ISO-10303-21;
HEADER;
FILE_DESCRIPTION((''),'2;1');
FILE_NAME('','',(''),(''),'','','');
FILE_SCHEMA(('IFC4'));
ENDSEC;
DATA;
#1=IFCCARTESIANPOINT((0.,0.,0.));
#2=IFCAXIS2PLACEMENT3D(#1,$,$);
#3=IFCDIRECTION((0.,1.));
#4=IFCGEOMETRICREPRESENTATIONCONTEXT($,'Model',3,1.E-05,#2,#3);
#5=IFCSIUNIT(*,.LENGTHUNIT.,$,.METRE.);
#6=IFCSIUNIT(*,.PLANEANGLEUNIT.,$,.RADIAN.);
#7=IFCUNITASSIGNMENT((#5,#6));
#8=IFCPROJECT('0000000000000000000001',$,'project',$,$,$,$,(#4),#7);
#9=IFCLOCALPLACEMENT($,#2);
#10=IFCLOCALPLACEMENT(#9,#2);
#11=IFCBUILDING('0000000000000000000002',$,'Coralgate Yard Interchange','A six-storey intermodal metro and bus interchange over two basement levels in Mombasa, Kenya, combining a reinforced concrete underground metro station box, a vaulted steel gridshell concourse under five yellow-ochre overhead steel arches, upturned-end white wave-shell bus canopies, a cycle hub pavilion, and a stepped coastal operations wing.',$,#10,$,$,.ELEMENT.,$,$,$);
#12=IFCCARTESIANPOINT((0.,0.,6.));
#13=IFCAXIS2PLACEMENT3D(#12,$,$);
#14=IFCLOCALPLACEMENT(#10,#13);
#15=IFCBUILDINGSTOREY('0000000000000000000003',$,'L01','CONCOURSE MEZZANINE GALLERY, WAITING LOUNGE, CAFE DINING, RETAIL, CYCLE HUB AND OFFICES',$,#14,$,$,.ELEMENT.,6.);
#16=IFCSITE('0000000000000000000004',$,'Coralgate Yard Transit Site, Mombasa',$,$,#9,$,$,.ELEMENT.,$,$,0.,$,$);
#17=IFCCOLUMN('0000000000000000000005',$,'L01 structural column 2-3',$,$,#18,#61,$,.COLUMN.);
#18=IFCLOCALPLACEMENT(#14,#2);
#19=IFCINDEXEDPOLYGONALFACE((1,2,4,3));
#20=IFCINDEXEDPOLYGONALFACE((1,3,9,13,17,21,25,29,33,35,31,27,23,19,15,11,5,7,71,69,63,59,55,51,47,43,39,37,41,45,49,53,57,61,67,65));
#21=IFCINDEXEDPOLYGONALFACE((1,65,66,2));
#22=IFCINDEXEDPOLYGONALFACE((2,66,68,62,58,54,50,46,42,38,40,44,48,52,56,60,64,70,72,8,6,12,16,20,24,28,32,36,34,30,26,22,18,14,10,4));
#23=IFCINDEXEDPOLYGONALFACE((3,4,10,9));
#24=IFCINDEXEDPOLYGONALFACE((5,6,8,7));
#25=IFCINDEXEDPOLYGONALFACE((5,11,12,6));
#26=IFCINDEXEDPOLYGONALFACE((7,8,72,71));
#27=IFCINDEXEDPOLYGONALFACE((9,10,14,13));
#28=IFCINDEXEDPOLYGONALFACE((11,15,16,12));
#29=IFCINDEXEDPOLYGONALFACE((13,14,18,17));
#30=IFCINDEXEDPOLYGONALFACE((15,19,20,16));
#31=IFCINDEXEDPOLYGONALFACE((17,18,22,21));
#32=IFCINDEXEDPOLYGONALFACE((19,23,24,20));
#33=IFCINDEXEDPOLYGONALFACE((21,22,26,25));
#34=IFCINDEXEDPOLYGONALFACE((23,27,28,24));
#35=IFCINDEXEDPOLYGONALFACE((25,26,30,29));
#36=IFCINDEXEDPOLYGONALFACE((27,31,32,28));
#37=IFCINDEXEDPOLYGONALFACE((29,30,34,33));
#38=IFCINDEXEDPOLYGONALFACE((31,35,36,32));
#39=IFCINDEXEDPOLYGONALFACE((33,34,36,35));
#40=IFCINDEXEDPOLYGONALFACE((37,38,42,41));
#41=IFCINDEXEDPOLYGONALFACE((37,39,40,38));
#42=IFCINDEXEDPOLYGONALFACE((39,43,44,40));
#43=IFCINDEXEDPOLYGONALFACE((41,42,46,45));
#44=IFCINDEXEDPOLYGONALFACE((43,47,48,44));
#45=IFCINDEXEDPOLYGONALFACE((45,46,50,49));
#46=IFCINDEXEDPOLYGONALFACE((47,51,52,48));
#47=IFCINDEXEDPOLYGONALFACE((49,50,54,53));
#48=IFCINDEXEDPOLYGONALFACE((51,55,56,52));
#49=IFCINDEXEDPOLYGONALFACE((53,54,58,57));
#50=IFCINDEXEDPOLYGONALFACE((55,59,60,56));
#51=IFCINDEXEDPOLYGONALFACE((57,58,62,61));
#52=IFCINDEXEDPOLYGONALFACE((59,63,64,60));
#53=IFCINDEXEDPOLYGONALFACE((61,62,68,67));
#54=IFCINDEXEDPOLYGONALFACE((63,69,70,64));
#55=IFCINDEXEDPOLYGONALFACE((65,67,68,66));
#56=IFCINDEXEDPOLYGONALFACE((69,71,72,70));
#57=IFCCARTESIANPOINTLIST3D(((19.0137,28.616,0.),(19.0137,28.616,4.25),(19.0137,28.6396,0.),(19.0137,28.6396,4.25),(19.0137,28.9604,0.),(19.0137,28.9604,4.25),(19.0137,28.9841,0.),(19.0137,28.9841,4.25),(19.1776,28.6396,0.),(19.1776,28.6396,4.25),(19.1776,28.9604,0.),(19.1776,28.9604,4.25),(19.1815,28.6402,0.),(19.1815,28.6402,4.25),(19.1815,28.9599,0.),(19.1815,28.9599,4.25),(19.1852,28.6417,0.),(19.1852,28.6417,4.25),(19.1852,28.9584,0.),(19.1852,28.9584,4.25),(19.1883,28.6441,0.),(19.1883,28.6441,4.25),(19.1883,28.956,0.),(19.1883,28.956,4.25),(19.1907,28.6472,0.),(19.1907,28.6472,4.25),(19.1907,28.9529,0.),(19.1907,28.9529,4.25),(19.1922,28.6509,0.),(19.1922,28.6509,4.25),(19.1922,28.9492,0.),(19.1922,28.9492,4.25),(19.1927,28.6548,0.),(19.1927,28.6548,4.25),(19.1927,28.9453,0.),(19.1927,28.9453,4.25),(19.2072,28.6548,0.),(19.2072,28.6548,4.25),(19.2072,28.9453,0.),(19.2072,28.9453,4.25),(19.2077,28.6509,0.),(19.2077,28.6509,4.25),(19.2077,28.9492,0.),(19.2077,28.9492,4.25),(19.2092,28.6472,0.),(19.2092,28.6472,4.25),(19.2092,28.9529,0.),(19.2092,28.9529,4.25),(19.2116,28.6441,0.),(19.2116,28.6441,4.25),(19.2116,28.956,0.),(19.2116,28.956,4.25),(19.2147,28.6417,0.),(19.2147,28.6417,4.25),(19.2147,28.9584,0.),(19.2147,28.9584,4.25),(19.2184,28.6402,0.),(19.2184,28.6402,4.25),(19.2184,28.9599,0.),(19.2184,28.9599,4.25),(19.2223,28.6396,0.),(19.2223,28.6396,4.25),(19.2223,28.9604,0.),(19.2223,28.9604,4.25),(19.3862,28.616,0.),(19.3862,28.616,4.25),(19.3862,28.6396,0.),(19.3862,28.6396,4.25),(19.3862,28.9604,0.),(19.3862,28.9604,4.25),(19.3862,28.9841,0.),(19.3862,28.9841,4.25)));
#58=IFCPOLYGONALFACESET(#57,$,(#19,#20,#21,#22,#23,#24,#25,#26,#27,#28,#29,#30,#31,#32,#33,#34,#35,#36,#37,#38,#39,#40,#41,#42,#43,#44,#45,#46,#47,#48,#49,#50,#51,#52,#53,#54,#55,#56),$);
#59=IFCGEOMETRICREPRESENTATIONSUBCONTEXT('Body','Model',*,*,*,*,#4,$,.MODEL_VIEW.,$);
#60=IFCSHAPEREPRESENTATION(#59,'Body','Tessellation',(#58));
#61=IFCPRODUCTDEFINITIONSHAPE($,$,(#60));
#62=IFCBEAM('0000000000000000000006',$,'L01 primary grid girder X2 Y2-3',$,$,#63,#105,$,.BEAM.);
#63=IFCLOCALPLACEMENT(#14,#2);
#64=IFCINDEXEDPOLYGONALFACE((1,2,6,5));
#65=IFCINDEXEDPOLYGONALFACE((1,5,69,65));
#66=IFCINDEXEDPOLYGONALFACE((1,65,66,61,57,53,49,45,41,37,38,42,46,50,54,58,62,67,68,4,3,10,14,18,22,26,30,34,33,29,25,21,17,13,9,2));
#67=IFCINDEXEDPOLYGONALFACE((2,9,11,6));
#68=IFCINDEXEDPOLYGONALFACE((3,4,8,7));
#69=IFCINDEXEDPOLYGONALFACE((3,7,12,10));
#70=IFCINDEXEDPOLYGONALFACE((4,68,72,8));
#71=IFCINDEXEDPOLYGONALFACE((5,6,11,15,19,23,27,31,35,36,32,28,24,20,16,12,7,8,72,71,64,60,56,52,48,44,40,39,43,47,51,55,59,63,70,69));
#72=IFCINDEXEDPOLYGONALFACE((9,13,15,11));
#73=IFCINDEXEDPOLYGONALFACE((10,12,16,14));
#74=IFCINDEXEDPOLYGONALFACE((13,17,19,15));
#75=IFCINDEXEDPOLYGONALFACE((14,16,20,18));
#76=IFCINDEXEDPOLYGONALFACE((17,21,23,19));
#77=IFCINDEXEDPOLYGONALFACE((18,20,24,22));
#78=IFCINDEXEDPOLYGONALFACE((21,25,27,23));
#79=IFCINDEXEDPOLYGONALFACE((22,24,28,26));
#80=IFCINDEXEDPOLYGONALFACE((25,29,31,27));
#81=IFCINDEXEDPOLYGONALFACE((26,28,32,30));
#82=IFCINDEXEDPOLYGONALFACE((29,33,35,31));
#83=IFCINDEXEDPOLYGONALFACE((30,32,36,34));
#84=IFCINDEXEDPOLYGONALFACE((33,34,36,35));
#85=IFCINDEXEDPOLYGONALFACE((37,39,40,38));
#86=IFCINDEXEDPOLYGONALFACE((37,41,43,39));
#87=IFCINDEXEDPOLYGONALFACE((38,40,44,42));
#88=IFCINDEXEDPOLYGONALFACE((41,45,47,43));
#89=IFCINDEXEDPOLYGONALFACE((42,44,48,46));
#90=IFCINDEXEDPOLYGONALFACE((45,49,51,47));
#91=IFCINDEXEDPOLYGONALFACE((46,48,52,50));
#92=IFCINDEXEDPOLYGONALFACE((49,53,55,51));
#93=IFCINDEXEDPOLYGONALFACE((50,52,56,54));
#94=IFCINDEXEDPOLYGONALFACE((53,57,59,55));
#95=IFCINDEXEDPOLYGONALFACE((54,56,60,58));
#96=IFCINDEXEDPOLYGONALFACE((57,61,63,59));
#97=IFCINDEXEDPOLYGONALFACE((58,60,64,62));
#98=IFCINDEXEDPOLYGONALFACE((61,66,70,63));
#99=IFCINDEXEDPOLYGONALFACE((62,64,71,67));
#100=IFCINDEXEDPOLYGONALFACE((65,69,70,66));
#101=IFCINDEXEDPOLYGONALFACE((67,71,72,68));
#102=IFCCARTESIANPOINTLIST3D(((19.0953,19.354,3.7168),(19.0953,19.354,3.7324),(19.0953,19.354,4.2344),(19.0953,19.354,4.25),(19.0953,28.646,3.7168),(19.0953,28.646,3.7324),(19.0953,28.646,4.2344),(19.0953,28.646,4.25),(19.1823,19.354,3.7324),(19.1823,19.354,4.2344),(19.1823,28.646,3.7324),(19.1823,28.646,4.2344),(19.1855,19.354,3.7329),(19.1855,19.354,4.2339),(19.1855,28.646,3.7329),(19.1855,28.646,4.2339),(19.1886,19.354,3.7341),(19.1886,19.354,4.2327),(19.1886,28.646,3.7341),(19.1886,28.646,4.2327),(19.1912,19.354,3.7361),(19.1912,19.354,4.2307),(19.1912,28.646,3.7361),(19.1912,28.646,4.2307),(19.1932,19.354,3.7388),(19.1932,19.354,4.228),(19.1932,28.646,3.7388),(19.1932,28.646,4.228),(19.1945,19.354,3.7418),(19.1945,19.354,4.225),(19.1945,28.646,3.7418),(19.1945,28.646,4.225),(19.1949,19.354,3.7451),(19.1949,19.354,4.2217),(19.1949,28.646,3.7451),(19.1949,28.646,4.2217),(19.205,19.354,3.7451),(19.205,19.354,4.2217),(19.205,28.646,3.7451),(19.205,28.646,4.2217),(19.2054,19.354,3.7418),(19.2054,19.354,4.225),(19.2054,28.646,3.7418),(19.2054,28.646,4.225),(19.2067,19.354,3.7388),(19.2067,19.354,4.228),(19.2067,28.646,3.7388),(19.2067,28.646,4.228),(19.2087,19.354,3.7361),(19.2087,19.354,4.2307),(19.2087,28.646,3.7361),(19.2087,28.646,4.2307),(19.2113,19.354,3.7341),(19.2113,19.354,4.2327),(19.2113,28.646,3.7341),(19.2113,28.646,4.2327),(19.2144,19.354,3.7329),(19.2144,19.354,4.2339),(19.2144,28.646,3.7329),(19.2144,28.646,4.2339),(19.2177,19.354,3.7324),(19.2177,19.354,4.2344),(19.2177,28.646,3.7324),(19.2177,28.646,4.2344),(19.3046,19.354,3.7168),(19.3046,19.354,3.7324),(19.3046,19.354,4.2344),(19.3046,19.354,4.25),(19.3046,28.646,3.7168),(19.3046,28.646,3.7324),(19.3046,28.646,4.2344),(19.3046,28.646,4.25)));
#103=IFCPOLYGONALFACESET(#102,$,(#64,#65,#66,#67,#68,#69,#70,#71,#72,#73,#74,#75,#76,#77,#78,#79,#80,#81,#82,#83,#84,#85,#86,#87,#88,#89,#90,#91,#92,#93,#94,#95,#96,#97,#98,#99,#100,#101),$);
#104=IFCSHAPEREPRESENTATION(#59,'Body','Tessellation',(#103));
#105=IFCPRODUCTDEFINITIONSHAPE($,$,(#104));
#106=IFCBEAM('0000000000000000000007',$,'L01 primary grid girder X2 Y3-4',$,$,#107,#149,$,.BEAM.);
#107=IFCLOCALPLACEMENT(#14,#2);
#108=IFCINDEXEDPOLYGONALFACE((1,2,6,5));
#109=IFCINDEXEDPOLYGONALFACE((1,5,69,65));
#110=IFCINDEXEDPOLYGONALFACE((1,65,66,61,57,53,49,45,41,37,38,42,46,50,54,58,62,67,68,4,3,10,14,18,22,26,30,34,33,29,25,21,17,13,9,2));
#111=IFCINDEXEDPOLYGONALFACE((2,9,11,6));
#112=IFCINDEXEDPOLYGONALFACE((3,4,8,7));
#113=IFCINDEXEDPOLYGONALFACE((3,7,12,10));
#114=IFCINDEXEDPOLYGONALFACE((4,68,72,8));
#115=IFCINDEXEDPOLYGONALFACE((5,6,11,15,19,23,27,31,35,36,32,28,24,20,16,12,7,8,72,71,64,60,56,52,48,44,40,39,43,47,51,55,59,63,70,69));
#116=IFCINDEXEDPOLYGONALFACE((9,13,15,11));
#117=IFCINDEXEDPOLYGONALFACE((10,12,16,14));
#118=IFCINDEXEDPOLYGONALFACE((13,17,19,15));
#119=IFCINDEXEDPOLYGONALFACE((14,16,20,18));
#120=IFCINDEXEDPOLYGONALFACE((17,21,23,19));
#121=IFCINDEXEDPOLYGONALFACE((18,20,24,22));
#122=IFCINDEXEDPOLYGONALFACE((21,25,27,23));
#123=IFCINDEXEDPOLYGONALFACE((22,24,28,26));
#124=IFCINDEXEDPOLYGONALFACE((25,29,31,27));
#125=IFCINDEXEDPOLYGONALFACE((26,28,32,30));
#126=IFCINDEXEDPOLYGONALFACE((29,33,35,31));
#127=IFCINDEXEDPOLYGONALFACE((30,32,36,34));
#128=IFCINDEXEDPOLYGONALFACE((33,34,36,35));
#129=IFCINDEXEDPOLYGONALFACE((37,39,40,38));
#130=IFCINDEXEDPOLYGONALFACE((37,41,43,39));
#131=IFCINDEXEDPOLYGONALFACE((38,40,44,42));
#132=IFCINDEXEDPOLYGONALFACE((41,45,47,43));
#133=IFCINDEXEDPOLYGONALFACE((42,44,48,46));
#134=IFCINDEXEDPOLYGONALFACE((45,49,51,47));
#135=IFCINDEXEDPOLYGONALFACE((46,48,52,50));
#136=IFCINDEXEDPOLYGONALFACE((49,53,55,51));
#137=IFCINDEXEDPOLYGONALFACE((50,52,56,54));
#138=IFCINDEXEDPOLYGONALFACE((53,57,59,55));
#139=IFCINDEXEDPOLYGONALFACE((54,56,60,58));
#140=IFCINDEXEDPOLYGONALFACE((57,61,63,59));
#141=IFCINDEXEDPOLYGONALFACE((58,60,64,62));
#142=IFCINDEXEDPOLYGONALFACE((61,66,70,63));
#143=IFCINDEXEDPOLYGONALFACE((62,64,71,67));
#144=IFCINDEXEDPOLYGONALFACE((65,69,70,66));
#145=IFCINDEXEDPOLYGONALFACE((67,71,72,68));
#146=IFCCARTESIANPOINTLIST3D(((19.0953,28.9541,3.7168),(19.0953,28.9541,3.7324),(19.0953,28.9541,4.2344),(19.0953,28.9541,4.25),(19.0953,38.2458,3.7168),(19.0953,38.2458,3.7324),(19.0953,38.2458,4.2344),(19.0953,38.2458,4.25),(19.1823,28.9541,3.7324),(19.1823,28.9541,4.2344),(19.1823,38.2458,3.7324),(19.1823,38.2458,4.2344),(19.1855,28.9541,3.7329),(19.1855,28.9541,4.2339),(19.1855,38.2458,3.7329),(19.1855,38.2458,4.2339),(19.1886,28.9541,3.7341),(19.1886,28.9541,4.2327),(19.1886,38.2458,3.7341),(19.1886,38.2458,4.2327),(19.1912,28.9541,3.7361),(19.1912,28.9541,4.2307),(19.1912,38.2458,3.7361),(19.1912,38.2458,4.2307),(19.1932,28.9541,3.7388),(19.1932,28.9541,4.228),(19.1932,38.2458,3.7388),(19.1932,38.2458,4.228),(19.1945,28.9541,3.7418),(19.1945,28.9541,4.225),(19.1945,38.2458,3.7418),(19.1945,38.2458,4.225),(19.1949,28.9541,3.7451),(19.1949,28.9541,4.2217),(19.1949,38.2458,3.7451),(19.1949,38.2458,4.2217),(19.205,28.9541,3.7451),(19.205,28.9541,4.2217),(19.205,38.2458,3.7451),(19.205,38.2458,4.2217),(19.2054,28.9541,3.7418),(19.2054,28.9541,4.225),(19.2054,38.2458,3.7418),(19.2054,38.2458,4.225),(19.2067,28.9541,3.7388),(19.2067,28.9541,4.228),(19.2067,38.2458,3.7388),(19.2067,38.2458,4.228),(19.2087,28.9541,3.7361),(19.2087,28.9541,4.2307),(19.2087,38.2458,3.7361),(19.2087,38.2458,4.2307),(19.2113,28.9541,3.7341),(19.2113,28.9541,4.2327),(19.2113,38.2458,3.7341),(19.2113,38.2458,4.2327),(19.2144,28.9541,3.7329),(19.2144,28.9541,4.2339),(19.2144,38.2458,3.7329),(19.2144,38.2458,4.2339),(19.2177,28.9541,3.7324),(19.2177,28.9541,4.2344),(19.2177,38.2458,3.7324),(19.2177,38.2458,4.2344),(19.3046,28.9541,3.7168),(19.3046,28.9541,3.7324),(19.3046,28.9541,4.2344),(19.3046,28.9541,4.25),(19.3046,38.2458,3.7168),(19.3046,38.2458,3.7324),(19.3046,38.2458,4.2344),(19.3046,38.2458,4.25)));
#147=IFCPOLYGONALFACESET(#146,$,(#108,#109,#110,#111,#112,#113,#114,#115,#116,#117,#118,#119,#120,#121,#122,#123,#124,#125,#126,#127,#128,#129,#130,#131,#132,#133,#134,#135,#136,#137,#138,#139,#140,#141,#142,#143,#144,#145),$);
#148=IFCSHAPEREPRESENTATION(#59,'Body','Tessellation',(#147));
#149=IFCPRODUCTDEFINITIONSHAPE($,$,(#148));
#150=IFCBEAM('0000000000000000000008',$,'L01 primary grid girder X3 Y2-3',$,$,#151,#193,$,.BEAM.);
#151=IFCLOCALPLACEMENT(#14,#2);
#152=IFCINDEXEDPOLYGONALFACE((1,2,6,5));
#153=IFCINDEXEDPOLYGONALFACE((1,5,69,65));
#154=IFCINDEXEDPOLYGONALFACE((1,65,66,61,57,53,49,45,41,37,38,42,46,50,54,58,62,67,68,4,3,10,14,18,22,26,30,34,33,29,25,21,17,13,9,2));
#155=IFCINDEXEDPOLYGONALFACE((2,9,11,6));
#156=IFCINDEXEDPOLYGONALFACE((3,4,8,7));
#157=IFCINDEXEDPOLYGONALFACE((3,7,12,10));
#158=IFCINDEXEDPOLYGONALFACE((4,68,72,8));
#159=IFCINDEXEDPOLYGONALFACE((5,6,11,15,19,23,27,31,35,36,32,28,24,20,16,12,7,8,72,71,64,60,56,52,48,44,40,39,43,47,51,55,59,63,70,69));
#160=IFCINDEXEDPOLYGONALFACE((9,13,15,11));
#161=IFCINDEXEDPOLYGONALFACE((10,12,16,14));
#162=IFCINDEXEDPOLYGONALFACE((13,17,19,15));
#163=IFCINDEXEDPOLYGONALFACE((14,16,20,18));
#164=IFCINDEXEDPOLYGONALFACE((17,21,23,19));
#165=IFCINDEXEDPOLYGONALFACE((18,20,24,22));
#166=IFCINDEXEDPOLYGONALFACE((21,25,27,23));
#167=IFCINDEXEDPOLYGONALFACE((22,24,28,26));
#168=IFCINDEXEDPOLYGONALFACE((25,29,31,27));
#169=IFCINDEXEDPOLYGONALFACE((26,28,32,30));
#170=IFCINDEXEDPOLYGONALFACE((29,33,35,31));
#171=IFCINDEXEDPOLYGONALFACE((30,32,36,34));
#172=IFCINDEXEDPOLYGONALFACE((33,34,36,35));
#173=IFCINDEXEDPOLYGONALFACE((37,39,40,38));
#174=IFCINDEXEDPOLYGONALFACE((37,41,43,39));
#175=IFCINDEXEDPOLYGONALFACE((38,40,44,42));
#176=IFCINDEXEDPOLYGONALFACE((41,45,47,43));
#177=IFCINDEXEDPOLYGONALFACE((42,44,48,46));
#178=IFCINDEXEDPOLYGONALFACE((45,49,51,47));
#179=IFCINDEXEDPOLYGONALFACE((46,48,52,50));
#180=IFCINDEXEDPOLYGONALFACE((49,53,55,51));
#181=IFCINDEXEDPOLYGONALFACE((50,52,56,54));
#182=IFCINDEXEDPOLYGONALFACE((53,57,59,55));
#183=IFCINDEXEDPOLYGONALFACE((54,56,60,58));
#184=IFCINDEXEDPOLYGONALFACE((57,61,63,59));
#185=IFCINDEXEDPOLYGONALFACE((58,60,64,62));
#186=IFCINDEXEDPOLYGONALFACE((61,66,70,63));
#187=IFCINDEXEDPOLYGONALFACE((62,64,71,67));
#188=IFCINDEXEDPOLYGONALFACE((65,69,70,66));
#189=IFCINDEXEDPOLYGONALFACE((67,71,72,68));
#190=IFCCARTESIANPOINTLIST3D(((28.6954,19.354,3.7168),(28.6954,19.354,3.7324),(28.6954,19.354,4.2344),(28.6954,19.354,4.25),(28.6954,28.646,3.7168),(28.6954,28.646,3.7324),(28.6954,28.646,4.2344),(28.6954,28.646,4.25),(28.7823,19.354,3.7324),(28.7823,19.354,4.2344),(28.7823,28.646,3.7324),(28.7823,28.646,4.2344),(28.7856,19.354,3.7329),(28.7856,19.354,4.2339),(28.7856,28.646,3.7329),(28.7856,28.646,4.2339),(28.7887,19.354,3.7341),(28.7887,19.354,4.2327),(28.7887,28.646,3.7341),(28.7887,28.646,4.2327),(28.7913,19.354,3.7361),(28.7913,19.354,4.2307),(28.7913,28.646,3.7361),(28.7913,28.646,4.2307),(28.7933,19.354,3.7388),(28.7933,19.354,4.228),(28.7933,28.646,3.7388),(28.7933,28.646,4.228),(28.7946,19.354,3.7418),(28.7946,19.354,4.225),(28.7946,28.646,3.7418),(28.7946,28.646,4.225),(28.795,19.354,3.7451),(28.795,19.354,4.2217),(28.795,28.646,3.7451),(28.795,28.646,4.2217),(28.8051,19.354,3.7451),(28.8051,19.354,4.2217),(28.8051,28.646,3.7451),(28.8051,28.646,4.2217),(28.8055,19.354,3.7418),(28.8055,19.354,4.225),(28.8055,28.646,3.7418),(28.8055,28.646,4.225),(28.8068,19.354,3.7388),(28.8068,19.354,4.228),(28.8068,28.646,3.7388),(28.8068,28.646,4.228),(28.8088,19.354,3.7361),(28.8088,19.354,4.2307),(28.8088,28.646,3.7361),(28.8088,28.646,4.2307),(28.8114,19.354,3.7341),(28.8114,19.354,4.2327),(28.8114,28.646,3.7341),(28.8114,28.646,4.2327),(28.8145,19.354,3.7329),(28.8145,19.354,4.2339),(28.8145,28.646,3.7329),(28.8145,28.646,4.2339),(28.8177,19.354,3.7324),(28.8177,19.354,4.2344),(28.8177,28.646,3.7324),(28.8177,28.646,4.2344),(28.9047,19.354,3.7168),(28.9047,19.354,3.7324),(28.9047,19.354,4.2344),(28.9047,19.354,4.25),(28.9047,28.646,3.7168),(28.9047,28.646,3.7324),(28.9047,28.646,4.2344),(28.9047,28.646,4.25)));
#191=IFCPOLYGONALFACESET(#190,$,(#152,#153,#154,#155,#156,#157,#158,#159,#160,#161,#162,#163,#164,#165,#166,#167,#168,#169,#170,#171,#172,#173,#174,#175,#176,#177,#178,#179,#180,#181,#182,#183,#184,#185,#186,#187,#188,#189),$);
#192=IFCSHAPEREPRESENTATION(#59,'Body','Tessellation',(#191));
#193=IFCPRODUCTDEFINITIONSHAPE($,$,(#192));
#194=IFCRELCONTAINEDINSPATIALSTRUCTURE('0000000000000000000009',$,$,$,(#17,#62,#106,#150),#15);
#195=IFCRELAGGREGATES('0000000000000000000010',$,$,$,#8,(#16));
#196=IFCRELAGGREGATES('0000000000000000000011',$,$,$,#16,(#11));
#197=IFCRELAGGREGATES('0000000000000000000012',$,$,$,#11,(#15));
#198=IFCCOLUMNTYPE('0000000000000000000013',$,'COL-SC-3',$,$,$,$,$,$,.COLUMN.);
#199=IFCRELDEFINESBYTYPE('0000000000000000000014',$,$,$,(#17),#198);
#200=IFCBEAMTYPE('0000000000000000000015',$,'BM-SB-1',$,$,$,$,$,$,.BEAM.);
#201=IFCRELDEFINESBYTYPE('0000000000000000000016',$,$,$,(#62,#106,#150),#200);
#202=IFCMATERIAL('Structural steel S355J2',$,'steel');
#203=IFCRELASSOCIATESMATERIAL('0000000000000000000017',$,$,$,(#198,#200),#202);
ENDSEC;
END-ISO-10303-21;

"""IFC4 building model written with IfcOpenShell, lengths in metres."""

from ifc_helpers import new_model, si_unit, direction, frame, origin, origin_2d, place, context, subcontext, project, spatial, i_section, extrude, material, material_profile, profile_set, type_object, element, save


model = new_model("IFC4")

# Units and contexts
model_context = context("Model", 3, precision=1e-05, world=origin(), true_north=direction((0.0, 1.0)))
body_context = subcontext(model_context, "Body", "Model", "MODEL_VIEW")
ifc_project = project(units=[si_unit("LENGTHUNIT", "METRE"), si_unit("PLANEANGLEUNIT", "RADIAN")], contexts=[model_context])

# Site, building, storey
site_placement = place(None, origin())
site = spatial("IfcSite", under=ifc_project, at=site_placement, Name="Coralgate Yard Transit Site, Mombasa", CompositionType="ELEMENT", RefElevation=0.0)
building_placement = place(site_placement, origin())
building = spatial("IfcBuilding", under=site, at=building_placement, Name="Coralgate Yard Interchange", Description="A six-storey intermodal metro and bus interchange over two basement levels in Mombasa, Kenya, combining a reinforced concrete underground metro station box, a vaulted steel gridshell concourse under five yellow-ochre overhead steel arches, upturned-end white wave-shell bus canopies, a cycle hub pavilion, and a stepped coastal operations wing.", CompositionType="ELEMENT")
storey_placement = place(building_placement, frame((0.0, 0.0, 6.0)))
storey = spatial("IfcBuildingStorey", under=building, at=storey_placement, Name="L01", Description="CONCOURSE MEZZANINE GALLERY, WAITING LOUNGE, CAFE DINING, RETAIL, CYCLE HUB AND OFFICES", CompositionType="ELEMENT", Elevation=6.0)

# Column
ifc_material_1 = material(Name="Structural steel S355J2", Category="steel")
ifc_material_profile_1 = material_profile(ifc_material_1, i_section(OverallWidth=0.3726, OverallDepth=0.3682, WebThickness=0.0144, FlangeThickness=0.0237, FilletRadius=0.0151, at=origin_2d()), Name="UC 356x368x177")
ifc_profile_set_1 = profile_set([ifc_material_profile_1], Name="Structural steel S355J2")
column_type = type_object("IfcColumnType", Name="COL-SC-3", PredefinedType="COLUMN", material=ifc_profile_set_1)
column_placement = place(storey_placement, frame((19.2, 28.8, 0.0), z_axis=(0.0, 0.0, 1.0), x_axis=(1.0, 0.0, 0.0)))
element("IfcColumn", 1, at=column_placement, inside=storey, type_object=column_type, Name="L01 structural column 2-3", PredefinedType="COLUMN", context=body_context, shape_type="SweptSolid", body=[
    extrude(i_section(OverallWidth=0.3726, OverallDepth=0.3682, WebThickness=0.0144, FlangeThickness=0.0237, FilletRadius=0.0151, at=origin_2d()), origin(), (0.0, 0.0, 1.0), 4.25),
])

# Beams
ifc_material_profile_2 = material_profile(ifc_material_1, i_section(OverallWidth=0.2092, OverallDepth=0.5332, WebThickness=0.01, FlangeThickness=0.0156, FilletRadius=0.0127, at=origin_2d()), Name="UB 533x210x92")
ifc_profile_set_2 = profile_set([ifc_material_profile_2], Name="Structural steel S355J2")
beam_type_1 = type_object("IfcBeamType", Name="BM-SB-1", PredefinedType="BEAM", material=ifc_profile_set_2)
beam_1_placement = place(storey_placement, frame((19.2, 19.354, 3.9834), z_axis=(0.0, 1.0, 0.0), x_axis=(-1.0, 0.0, 0.0)))
element("IfcBeam", 2, at=beam_1_placement, inside=storey, type_object=beam_type_1, Name="L01 primary grid girder X2 Y2-3", PredefinedType="BEAM", context=body_context, shape_type="SweptSolid", body=[
    extrude(i_section(OverallWidth=0.2092, OverallDepth=0.5332, WebThickness=0.01, FlangeThickness=0.0156, FilletRadius=0.0127, at=origin_2d()), origin(), (0.0, 0.0, 1.0), 9.292),
])
beam_2_placement = place(storey_placement, frame((19.2, 28.9541, 3.9834), z_axis=(0.0, 1.0, 0.0), x_axis=(-1.0, 0.0, 0.0)))
element("IfcBeam", 3, at=beam_2_placement, inside=storey, type_object=beam_type_1, Name="L01 primary grid girder X2 Y3-4", PredefinedType="BEAM", context=body_context, shape_type="SweptSolid", body=[
    extrude(i_section(OverallWidth=0.2092, OverallDepth=0.5332, WebThickness=0.01, FlangeThickness=0.0156, FilletRadius=0.0127, at=origin_2d()), origin(), (0.0, 0.0, 1.0), 9.2917),
])
beam_3_placement = place(storey_placement, frame((28.8, 19.354, 3.9834), z_axis=(0.0, 1.0, 0.0), x_axis=(-1.0, 0.0, 0.0)))
element("IfcBeam", 4, at=beam_3_placement, inside=storey, type_object=beam_type_1, Name="L01 primary grid girder X3 Y2-3", PredefinedType="BEAM", context=body_context, shape_type="SweptSolid", body=[
    extrude(i_section(OverallWidth=0.2092, OverallDepth=0.5332, WebThickness=0.01, FlangeThickness=0.0156, FilletRadius=0.0127, at=origin_2d()), origin(), (0.0, 0.0, 1.0), 9.292),
])

save(model, "model.ifc")
